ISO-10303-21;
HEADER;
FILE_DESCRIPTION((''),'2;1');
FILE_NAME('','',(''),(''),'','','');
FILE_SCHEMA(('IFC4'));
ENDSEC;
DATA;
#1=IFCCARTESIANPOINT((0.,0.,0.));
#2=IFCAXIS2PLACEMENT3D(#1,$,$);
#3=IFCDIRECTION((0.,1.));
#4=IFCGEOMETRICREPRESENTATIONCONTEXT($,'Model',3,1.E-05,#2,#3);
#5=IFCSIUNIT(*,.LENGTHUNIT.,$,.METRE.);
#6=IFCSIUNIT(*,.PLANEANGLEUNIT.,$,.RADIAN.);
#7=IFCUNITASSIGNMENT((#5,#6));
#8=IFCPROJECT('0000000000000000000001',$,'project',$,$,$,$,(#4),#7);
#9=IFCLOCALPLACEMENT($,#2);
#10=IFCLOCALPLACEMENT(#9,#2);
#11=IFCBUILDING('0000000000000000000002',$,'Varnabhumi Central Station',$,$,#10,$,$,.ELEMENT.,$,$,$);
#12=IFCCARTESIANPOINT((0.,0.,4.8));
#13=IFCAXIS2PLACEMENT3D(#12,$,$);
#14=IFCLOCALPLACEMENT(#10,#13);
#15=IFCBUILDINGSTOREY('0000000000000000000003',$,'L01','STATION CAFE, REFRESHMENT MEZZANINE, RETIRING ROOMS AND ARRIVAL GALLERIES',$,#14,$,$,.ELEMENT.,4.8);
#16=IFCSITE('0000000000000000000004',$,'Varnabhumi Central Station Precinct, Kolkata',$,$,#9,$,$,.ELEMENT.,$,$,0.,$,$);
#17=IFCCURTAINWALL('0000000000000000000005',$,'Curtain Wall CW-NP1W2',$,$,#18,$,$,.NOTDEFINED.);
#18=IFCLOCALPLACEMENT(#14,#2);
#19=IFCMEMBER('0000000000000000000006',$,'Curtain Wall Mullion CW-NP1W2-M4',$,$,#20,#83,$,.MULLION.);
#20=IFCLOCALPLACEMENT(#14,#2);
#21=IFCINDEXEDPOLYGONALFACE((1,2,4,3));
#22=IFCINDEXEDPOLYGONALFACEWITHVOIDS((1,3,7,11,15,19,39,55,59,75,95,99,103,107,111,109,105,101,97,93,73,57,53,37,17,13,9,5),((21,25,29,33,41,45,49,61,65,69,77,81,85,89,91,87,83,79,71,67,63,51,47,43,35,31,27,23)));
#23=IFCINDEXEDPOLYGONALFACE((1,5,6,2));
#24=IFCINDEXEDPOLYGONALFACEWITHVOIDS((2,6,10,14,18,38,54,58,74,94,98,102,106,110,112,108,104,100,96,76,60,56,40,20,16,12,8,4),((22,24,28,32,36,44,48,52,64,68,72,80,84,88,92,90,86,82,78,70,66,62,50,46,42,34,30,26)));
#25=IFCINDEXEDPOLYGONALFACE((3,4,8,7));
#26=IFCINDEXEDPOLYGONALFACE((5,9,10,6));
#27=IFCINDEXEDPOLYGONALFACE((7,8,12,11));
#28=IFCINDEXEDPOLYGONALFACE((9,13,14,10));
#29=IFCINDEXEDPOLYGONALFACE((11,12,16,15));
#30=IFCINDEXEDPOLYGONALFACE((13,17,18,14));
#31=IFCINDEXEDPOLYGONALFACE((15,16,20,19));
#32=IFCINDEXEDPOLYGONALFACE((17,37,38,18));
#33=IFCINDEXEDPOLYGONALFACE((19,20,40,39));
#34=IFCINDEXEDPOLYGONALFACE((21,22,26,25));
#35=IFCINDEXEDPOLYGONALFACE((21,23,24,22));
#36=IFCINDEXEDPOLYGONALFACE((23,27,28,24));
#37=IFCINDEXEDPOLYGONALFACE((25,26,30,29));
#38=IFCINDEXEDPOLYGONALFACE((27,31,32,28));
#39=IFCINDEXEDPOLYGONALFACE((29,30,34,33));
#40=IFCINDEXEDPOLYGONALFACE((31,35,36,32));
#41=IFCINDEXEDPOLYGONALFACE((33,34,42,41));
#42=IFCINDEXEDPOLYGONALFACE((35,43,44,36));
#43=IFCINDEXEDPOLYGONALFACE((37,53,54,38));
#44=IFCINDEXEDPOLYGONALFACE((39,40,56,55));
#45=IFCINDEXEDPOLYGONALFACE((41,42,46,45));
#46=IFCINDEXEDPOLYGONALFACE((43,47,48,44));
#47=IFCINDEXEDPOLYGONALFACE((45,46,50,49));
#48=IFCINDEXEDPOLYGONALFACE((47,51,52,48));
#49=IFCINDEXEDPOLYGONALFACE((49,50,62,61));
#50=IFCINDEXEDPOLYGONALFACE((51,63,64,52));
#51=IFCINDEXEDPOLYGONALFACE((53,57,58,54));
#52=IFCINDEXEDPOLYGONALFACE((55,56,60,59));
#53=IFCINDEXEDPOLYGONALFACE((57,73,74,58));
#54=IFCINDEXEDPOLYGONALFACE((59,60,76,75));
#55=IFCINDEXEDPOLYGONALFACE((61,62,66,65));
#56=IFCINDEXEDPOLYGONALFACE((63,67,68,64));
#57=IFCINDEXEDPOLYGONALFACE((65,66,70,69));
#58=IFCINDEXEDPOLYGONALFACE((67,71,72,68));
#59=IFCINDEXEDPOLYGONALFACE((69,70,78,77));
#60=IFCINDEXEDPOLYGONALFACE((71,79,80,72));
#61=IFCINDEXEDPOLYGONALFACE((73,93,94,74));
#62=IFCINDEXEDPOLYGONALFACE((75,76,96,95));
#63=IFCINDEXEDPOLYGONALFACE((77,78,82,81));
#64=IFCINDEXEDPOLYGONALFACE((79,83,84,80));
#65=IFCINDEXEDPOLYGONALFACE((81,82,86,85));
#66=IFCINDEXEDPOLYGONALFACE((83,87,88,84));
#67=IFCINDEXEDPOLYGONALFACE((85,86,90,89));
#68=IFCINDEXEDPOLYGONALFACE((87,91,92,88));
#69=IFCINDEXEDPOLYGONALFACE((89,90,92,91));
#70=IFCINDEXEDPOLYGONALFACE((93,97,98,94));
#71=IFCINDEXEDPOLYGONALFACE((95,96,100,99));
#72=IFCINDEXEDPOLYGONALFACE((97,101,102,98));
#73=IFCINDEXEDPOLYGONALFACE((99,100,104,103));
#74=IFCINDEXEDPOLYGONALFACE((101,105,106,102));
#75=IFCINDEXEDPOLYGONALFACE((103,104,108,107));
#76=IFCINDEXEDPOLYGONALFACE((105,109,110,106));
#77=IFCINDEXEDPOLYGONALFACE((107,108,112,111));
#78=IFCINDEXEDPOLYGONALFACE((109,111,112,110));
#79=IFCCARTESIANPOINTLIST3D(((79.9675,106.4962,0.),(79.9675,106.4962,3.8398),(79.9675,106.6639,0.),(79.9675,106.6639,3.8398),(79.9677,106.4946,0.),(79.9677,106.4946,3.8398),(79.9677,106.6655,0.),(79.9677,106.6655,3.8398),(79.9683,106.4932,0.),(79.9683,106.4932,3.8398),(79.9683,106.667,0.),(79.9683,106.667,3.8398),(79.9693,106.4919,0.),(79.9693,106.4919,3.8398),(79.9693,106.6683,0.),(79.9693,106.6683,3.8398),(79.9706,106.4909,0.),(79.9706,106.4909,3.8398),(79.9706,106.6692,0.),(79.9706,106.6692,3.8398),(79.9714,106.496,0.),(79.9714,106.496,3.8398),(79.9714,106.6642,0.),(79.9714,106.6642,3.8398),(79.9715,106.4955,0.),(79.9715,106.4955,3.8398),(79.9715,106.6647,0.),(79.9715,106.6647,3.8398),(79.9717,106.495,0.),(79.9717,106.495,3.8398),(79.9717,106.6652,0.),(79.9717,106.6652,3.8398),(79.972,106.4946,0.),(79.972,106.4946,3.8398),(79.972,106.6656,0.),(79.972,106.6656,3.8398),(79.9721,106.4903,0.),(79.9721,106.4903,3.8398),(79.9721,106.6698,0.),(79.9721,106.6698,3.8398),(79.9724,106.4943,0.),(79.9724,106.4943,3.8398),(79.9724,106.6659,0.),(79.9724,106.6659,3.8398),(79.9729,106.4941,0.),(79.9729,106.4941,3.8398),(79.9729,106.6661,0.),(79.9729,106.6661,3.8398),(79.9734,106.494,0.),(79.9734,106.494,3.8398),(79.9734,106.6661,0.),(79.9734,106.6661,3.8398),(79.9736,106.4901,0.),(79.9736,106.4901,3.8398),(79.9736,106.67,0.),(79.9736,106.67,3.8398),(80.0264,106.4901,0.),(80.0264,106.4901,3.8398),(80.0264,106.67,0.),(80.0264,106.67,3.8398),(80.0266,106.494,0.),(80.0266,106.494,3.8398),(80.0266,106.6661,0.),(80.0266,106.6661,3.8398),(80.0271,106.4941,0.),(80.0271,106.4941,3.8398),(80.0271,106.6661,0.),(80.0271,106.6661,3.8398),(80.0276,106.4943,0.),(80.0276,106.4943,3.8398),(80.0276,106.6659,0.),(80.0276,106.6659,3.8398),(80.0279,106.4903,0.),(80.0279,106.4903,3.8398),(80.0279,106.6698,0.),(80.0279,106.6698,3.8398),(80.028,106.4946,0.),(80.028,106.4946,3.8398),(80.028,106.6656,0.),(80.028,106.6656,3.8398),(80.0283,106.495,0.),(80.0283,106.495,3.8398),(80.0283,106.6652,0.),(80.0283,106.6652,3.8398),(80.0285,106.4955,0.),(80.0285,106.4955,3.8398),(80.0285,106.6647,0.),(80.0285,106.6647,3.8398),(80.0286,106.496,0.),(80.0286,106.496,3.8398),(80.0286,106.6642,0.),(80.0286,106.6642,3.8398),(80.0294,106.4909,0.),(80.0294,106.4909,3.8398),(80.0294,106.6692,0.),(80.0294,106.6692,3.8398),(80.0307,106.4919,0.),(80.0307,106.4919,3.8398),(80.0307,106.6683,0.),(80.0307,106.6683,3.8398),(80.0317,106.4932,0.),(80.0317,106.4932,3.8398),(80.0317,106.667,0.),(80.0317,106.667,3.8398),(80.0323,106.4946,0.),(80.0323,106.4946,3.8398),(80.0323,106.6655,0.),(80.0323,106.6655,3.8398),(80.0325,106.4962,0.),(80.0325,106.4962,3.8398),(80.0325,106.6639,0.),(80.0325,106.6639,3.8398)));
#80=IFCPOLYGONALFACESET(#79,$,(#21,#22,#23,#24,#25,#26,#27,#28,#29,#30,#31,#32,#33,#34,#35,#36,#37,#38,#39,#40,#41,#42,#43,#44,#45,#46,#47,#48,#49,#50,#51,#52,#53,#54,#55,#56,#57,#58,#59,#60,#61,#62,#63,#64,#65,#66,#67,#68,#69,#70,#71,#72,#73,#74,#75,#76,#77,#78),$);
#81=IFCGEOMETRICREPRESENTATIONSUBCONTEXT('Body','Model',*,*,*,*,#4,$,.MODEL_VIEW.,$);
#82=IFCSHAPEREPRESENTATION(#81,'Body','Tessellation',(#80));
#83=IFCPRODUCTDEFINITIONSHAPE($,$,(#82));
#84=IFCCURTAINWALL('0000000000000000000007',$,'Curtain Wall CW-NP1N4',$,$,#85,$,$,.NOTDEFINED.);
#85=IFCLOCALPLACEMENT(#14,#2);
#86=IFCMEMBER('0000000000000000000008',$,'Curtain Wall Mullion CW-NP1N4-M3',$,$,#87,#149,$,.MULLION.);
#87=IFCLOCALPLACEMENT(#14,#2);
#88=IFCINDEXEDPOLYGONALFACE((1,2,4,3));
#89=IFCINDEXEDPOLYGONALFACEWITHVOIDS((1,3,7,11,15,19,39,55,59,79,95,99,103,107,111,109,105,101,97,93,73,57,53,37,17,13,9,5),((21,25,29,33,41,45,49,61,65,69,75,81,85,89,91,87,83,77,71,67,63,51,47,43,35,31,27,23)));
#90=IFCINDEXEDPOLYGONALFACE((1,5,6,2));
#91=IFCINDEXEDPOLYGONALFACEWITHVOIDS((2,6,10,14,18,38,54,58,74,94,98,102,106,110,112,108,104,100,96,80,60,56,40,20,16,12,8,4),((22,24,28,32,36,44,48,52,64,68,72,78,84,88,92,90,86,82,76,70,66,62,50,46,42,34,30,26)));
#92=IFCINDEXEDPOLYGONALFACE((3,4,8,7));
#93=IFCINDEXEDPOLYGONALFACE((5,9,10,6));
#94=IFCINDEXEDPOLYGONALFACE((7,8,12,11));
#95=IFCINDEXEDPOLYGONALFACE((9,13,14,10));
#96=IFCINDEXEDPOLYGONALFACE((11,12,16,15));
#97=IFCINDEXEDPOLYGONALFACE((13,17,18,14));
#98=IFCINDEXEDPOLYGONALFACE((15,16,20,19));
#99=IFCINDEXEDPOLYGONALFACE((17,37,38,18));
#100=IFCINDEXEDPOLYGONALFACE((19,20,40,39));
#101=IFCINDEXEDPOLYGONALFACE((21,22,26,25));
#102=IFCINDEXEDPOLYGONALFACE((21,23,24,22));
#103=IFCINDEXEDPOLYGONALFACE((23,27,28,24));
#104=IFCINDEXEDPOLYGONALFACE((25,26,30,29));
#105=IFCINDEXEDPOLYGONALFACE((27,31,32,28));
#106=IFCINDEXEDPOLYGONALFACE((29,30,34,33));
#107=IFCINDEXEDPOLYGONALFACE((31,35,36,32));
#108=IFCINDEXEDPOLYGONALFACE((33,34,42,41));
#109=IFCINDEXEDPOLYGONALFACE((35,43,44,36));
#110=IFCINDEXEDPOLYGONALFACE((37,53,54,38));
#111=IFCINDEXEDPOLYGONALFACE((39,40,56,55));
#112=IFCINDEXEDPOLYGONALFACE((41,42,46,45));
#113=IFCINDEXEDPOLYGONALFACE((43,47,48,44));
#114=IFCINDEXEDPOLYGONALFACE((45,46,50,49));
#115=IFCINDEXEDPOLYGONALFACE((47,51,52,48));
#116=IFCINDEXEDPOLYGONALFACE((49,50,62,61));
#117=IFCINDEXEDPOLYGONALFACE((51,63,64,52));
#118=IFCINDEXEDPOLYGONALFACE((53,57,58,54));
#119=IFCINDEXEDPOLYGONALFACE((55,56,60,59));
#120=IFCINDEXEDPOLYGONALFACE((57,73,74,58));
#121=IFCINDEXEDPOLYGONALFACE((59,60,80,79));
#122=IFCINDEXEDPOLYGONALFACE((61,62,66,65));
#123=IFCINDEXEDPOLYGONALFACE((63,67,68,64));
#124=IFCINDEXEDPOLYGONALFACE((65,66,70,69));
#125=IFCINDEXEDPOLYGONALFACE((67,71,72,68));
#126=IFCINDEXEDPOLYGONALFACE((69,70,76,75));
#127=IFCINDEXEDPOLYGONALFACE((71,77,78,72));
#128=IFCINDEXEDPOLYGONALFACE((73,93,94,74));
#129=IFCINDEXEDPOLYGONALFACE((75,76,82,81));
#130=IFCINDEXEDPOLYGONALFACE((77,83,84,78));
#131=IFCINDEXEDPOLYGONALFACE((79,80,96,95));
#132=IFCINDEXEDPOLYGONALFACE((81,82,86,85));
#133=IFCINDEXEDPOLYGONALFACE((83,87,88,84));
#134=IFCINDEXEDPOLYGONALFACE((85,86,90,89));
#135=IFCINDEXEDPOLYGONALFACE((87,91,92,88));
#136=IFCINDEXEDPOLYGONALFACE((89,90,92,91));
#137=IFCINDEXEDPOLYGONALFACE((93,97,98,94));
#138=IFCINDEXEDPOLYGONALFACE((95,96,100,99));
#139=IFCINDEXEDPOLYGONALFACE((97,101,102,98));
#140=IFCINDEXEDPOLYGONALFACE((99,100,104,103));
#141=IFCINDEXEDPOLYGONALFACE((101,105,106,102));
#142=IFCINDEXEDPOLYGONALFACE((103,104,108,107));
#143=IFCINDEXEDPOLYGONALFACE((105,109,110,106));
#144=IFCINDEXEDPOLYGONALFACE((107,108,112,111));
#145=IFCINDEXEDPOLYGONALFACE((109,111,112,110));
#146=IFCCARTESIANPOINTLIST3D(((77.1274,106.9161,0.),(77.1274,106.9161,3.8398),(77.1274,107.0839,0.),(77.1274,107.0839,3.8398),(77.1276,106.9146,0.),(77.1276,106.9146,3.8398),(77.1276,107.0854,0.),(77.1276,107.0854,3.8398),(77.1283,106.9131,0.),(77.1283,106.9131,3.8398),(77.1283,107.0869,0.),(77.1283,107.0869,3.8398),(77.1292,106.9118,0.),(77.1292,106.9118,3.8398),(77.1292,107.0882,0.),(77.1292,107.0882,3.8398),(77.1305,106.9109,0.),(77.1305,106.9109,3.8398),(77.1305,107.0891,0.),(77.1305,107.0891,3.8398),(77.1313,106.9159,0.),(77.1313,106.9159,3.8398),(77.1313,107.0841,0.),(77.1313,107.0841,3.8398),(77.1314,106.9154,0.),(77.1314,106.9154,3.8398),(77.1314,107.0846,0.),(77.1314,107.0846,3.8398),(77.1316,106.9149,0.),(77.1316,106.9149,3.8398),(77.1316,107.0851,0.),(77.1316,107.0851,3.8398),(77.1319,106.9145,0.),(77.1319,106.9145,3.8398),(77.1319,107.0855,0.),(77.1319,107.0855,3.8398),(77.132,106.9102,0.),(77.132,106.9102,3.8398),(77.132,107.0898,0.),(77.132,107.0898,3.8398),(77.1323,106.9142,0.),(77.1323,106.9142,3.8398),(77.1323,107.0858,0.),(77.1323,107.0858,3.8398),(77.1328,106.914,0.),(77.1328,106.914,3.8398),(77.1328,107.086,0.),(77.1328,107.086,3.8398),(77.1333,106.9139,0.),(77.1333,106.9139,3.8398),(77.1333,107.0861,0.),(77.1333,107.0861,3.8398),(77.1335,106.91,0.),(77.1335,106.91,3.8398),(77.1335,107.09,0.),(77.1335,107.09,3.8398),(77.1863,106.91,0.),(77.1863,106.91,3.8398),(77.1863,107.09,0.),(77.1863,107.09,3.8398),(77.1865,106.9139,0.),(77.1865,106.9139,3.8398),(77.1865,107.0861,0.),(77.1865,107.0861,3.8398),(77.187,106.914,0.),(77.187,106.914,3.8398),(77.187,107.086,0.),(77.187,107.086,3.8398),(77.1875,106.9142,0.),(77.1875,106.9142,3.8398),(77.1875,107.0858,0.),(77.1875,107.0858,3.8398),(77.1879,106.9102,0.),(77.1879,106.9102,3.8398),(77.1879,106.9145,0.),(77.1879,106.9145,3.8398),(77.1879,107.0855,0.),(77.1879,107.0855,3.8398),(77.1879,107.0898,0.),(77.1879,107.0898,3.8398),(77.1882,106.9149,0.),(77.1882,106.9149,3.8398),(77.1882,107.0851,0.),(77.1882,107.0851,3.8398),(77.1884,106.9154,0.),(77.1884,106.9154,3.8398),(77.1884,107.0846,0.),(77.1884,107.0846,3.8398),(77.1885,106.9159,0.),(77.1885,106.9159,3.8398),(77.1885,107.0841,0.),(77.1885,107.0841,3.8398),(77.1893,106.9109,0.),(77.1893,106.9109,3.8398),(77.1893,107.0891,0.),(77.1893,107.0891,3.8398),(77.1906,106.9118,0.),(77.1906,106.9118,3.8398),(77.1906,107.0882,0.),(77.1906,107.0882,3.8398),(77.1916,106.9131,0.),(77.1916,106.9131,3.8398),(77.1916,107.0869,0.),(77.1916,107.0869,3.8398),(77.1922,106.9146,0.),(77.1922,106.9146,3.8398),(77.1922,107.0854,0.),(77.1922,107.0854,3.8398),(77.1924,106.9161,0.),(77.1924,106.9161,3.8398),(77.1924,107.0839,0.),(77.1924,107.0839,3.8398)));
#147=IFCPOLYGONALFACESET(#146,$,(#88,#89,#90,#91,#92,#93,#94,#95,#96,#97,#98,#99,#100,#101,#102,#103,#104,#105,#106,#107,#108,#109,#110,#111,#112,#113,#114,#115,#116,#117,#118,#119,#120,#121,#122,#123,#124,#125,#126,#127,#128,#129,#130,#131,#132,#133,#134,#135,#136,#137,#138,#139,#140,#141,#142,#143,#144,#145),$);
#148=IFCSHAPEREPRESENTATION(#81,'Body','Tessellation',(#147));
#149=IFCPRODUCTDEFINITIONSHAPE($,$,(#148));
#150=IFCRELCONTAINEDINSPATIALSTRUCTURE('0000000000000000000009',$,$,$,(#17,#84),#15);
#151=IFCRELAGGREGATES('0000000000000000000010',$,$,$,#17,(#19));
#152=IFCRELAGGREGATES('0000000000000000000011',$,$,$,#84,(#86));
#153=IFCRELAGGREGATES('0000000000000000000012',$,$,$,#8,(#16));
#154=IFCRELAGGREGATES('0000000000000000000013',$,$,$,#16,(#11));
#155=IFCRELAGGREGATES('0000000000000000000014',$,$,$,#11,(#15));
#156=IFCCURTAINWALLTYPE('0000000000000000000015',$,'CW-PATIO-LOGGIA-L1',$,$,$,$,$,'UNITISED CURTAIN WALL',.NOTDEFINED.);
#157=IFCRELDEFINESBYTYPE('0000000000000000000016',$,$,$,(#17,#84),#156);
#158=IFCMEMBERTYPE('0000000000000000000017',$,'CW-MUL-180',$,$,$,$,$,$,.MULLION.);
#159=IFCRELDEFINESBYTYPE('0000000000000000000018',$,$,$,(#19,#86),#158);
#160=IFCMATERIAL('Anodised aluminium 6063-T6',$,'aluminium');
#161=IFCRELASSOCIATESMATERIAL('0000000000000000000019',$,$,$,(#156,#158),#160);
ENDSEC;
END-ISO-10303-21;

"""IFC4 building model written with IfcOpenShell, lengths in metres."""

from ifc_helpers import new_model, si_unit, direction, frame, origin, origin_2d, place, context, subcontext, project, spatial, hollow_rectangle, extrude, material, material_profile, profile_set, type_object, element, aggregate, save


model = new_model("IFC4")

# Units and contexts
model_context = context("Model", 3, precision=1e-05, world=origin(), true_north=direction((0.0, 1.0)))
body_context = subcontext(model_context, "Body", "Model", "MODEL_VIEW")
ifc_project = project(units=[si_unit("LENGTHUNIT", "METRE"), si_unit("PLANEANGLEUNIT", "RADIAN")], contexts=[model_context])

# Site, building, storey
site_placement = place(None, origin())
site = spatial("IfcSite", under=ifc_project, at=site_placement, Name="Varnabhumi Central Station Precinct, Kolkata", CompositionType="ELEMENT", RefElevation=0.0)
building_placement = place(site_placement, origin())
building = spatial("IfcBuilding", under=site, at=building_placement, Name="Varnabhumi Central Station", CompositionType="ELEMENT")
storey_placement = place(building_placement, frame((0.0, 0.0, 4.8)))
storey = spatial("IfcBuildingStorey", under=building, at=storey_placement, Name="L01", Description="STATION CAFE, REFRESHMENT MEZZANINE, RETIRING ROOMS AND ARRIVAL GALLERIES", CompositionType="ELEMENT", Elevation=4.8)

# Curtain wall, member
ifc_material_1 = material(Name="Anodised aluminium 6063-T6", Category="aluminium")
curtain_wall_type = type_object("IfcCurtainWallType", Name="CW-PATIO-LOGGIA-L1", ElementType="UNITISED CURTAIN WALL", PredefinedType="NOTDEFINED", material=ifc_material_1)
curtain_wall_1_placement = place(storey_placement, origin())
curtain_wall_1 = element("IfcCurtainWall", 1, at=curtain_wall_1_placement, inside=storey, type_object=curtain_wall_type, Name="Curtain Wall CW-NP1W2", PredefinedType="NOTDEFINED")
ifc_material_profile_1 = material_profile(ifc_material_1, hollow_rectangle(XDim=0.0649, YDim=0.1799, WallThickness=0.0039, InnerFilletRadius=0.002, OuterFilletRadius=0.0061, at=origin_2d()), Name="Anodised aluminium 6063-T6", Category="aluminium")
ifc_profile_set_1 = profile_set([ifc_material_profile_1], Name="Anodised aluminium 6063-T6")
member_type_1 = type_object("IfcMemberType", Name="CW-MUL-180", PredefinedType="MULLION", material=ifc_profile_set_1)
member_1_placement = place(storey_placement, frame((80.0, 106.5801, 0.0), z_axis=(0.0, 0.0, 1.0), x_axis=(1.0, 0.0, 0.0)))
member_1 = element("IfcMember", 2, at=member_1_placement, type_object=member_type_1, Name="Curtain Wall Mullion CW-NP1W2-M4", PredefinedType="MULLION", context=body_context, shape_type="SweptSolid", body=[
    extrude(hollow_rectangle(XDim=0.0649, YDim=0.1799, WallThickness=0.0039, InnerFilletRadius=0.002, OuterFilletRadius=0.0061, at=origin_2d()), origin(), (0.0, 0.0, 1.0), 3.8398),
])

# Curtain wall, member
curtain_wall_2_placement = place(storey_placement, origin())
curtain_wall_2 = element("IfcCurtainWall", 3, at=curtain_wall_2_placement, inside=storey, type_object=curtain_wall_type, Name="Curtain Wall CW-NP1N4", PredefinedType="NOTDEFINED")
member_2_placement = place(storey_placement, frame((77.1599, 107.0, 0.0), z_axis=(0.0, 0.0, 1.0), x_axis=(1.0, 0.0, 0.0)))
member_2 = element("IfcMember", 4, at=member_2_placement, type_object=member_type_1, Name="Curtain Wall Mullion CW-NP1N4-M3", PredefinedType="MULLION", context=body_context, shape_type="SweptSolid", body=[
    extrude(hollow_rectangle(XDim=0.0649, YDim=0.1799, WallThickness=0.0039, InnerFilletRadius=0.002, OuterFilletRadius=0.0061, at=origin_2d()), origin(), (0.0, 0.0, 1.0), 3.8398),
])

aggregate(curtain_wall_1, [member_1])
aggregate(curtain_wall_2, [member_2])

save(model, "model.ifc")
